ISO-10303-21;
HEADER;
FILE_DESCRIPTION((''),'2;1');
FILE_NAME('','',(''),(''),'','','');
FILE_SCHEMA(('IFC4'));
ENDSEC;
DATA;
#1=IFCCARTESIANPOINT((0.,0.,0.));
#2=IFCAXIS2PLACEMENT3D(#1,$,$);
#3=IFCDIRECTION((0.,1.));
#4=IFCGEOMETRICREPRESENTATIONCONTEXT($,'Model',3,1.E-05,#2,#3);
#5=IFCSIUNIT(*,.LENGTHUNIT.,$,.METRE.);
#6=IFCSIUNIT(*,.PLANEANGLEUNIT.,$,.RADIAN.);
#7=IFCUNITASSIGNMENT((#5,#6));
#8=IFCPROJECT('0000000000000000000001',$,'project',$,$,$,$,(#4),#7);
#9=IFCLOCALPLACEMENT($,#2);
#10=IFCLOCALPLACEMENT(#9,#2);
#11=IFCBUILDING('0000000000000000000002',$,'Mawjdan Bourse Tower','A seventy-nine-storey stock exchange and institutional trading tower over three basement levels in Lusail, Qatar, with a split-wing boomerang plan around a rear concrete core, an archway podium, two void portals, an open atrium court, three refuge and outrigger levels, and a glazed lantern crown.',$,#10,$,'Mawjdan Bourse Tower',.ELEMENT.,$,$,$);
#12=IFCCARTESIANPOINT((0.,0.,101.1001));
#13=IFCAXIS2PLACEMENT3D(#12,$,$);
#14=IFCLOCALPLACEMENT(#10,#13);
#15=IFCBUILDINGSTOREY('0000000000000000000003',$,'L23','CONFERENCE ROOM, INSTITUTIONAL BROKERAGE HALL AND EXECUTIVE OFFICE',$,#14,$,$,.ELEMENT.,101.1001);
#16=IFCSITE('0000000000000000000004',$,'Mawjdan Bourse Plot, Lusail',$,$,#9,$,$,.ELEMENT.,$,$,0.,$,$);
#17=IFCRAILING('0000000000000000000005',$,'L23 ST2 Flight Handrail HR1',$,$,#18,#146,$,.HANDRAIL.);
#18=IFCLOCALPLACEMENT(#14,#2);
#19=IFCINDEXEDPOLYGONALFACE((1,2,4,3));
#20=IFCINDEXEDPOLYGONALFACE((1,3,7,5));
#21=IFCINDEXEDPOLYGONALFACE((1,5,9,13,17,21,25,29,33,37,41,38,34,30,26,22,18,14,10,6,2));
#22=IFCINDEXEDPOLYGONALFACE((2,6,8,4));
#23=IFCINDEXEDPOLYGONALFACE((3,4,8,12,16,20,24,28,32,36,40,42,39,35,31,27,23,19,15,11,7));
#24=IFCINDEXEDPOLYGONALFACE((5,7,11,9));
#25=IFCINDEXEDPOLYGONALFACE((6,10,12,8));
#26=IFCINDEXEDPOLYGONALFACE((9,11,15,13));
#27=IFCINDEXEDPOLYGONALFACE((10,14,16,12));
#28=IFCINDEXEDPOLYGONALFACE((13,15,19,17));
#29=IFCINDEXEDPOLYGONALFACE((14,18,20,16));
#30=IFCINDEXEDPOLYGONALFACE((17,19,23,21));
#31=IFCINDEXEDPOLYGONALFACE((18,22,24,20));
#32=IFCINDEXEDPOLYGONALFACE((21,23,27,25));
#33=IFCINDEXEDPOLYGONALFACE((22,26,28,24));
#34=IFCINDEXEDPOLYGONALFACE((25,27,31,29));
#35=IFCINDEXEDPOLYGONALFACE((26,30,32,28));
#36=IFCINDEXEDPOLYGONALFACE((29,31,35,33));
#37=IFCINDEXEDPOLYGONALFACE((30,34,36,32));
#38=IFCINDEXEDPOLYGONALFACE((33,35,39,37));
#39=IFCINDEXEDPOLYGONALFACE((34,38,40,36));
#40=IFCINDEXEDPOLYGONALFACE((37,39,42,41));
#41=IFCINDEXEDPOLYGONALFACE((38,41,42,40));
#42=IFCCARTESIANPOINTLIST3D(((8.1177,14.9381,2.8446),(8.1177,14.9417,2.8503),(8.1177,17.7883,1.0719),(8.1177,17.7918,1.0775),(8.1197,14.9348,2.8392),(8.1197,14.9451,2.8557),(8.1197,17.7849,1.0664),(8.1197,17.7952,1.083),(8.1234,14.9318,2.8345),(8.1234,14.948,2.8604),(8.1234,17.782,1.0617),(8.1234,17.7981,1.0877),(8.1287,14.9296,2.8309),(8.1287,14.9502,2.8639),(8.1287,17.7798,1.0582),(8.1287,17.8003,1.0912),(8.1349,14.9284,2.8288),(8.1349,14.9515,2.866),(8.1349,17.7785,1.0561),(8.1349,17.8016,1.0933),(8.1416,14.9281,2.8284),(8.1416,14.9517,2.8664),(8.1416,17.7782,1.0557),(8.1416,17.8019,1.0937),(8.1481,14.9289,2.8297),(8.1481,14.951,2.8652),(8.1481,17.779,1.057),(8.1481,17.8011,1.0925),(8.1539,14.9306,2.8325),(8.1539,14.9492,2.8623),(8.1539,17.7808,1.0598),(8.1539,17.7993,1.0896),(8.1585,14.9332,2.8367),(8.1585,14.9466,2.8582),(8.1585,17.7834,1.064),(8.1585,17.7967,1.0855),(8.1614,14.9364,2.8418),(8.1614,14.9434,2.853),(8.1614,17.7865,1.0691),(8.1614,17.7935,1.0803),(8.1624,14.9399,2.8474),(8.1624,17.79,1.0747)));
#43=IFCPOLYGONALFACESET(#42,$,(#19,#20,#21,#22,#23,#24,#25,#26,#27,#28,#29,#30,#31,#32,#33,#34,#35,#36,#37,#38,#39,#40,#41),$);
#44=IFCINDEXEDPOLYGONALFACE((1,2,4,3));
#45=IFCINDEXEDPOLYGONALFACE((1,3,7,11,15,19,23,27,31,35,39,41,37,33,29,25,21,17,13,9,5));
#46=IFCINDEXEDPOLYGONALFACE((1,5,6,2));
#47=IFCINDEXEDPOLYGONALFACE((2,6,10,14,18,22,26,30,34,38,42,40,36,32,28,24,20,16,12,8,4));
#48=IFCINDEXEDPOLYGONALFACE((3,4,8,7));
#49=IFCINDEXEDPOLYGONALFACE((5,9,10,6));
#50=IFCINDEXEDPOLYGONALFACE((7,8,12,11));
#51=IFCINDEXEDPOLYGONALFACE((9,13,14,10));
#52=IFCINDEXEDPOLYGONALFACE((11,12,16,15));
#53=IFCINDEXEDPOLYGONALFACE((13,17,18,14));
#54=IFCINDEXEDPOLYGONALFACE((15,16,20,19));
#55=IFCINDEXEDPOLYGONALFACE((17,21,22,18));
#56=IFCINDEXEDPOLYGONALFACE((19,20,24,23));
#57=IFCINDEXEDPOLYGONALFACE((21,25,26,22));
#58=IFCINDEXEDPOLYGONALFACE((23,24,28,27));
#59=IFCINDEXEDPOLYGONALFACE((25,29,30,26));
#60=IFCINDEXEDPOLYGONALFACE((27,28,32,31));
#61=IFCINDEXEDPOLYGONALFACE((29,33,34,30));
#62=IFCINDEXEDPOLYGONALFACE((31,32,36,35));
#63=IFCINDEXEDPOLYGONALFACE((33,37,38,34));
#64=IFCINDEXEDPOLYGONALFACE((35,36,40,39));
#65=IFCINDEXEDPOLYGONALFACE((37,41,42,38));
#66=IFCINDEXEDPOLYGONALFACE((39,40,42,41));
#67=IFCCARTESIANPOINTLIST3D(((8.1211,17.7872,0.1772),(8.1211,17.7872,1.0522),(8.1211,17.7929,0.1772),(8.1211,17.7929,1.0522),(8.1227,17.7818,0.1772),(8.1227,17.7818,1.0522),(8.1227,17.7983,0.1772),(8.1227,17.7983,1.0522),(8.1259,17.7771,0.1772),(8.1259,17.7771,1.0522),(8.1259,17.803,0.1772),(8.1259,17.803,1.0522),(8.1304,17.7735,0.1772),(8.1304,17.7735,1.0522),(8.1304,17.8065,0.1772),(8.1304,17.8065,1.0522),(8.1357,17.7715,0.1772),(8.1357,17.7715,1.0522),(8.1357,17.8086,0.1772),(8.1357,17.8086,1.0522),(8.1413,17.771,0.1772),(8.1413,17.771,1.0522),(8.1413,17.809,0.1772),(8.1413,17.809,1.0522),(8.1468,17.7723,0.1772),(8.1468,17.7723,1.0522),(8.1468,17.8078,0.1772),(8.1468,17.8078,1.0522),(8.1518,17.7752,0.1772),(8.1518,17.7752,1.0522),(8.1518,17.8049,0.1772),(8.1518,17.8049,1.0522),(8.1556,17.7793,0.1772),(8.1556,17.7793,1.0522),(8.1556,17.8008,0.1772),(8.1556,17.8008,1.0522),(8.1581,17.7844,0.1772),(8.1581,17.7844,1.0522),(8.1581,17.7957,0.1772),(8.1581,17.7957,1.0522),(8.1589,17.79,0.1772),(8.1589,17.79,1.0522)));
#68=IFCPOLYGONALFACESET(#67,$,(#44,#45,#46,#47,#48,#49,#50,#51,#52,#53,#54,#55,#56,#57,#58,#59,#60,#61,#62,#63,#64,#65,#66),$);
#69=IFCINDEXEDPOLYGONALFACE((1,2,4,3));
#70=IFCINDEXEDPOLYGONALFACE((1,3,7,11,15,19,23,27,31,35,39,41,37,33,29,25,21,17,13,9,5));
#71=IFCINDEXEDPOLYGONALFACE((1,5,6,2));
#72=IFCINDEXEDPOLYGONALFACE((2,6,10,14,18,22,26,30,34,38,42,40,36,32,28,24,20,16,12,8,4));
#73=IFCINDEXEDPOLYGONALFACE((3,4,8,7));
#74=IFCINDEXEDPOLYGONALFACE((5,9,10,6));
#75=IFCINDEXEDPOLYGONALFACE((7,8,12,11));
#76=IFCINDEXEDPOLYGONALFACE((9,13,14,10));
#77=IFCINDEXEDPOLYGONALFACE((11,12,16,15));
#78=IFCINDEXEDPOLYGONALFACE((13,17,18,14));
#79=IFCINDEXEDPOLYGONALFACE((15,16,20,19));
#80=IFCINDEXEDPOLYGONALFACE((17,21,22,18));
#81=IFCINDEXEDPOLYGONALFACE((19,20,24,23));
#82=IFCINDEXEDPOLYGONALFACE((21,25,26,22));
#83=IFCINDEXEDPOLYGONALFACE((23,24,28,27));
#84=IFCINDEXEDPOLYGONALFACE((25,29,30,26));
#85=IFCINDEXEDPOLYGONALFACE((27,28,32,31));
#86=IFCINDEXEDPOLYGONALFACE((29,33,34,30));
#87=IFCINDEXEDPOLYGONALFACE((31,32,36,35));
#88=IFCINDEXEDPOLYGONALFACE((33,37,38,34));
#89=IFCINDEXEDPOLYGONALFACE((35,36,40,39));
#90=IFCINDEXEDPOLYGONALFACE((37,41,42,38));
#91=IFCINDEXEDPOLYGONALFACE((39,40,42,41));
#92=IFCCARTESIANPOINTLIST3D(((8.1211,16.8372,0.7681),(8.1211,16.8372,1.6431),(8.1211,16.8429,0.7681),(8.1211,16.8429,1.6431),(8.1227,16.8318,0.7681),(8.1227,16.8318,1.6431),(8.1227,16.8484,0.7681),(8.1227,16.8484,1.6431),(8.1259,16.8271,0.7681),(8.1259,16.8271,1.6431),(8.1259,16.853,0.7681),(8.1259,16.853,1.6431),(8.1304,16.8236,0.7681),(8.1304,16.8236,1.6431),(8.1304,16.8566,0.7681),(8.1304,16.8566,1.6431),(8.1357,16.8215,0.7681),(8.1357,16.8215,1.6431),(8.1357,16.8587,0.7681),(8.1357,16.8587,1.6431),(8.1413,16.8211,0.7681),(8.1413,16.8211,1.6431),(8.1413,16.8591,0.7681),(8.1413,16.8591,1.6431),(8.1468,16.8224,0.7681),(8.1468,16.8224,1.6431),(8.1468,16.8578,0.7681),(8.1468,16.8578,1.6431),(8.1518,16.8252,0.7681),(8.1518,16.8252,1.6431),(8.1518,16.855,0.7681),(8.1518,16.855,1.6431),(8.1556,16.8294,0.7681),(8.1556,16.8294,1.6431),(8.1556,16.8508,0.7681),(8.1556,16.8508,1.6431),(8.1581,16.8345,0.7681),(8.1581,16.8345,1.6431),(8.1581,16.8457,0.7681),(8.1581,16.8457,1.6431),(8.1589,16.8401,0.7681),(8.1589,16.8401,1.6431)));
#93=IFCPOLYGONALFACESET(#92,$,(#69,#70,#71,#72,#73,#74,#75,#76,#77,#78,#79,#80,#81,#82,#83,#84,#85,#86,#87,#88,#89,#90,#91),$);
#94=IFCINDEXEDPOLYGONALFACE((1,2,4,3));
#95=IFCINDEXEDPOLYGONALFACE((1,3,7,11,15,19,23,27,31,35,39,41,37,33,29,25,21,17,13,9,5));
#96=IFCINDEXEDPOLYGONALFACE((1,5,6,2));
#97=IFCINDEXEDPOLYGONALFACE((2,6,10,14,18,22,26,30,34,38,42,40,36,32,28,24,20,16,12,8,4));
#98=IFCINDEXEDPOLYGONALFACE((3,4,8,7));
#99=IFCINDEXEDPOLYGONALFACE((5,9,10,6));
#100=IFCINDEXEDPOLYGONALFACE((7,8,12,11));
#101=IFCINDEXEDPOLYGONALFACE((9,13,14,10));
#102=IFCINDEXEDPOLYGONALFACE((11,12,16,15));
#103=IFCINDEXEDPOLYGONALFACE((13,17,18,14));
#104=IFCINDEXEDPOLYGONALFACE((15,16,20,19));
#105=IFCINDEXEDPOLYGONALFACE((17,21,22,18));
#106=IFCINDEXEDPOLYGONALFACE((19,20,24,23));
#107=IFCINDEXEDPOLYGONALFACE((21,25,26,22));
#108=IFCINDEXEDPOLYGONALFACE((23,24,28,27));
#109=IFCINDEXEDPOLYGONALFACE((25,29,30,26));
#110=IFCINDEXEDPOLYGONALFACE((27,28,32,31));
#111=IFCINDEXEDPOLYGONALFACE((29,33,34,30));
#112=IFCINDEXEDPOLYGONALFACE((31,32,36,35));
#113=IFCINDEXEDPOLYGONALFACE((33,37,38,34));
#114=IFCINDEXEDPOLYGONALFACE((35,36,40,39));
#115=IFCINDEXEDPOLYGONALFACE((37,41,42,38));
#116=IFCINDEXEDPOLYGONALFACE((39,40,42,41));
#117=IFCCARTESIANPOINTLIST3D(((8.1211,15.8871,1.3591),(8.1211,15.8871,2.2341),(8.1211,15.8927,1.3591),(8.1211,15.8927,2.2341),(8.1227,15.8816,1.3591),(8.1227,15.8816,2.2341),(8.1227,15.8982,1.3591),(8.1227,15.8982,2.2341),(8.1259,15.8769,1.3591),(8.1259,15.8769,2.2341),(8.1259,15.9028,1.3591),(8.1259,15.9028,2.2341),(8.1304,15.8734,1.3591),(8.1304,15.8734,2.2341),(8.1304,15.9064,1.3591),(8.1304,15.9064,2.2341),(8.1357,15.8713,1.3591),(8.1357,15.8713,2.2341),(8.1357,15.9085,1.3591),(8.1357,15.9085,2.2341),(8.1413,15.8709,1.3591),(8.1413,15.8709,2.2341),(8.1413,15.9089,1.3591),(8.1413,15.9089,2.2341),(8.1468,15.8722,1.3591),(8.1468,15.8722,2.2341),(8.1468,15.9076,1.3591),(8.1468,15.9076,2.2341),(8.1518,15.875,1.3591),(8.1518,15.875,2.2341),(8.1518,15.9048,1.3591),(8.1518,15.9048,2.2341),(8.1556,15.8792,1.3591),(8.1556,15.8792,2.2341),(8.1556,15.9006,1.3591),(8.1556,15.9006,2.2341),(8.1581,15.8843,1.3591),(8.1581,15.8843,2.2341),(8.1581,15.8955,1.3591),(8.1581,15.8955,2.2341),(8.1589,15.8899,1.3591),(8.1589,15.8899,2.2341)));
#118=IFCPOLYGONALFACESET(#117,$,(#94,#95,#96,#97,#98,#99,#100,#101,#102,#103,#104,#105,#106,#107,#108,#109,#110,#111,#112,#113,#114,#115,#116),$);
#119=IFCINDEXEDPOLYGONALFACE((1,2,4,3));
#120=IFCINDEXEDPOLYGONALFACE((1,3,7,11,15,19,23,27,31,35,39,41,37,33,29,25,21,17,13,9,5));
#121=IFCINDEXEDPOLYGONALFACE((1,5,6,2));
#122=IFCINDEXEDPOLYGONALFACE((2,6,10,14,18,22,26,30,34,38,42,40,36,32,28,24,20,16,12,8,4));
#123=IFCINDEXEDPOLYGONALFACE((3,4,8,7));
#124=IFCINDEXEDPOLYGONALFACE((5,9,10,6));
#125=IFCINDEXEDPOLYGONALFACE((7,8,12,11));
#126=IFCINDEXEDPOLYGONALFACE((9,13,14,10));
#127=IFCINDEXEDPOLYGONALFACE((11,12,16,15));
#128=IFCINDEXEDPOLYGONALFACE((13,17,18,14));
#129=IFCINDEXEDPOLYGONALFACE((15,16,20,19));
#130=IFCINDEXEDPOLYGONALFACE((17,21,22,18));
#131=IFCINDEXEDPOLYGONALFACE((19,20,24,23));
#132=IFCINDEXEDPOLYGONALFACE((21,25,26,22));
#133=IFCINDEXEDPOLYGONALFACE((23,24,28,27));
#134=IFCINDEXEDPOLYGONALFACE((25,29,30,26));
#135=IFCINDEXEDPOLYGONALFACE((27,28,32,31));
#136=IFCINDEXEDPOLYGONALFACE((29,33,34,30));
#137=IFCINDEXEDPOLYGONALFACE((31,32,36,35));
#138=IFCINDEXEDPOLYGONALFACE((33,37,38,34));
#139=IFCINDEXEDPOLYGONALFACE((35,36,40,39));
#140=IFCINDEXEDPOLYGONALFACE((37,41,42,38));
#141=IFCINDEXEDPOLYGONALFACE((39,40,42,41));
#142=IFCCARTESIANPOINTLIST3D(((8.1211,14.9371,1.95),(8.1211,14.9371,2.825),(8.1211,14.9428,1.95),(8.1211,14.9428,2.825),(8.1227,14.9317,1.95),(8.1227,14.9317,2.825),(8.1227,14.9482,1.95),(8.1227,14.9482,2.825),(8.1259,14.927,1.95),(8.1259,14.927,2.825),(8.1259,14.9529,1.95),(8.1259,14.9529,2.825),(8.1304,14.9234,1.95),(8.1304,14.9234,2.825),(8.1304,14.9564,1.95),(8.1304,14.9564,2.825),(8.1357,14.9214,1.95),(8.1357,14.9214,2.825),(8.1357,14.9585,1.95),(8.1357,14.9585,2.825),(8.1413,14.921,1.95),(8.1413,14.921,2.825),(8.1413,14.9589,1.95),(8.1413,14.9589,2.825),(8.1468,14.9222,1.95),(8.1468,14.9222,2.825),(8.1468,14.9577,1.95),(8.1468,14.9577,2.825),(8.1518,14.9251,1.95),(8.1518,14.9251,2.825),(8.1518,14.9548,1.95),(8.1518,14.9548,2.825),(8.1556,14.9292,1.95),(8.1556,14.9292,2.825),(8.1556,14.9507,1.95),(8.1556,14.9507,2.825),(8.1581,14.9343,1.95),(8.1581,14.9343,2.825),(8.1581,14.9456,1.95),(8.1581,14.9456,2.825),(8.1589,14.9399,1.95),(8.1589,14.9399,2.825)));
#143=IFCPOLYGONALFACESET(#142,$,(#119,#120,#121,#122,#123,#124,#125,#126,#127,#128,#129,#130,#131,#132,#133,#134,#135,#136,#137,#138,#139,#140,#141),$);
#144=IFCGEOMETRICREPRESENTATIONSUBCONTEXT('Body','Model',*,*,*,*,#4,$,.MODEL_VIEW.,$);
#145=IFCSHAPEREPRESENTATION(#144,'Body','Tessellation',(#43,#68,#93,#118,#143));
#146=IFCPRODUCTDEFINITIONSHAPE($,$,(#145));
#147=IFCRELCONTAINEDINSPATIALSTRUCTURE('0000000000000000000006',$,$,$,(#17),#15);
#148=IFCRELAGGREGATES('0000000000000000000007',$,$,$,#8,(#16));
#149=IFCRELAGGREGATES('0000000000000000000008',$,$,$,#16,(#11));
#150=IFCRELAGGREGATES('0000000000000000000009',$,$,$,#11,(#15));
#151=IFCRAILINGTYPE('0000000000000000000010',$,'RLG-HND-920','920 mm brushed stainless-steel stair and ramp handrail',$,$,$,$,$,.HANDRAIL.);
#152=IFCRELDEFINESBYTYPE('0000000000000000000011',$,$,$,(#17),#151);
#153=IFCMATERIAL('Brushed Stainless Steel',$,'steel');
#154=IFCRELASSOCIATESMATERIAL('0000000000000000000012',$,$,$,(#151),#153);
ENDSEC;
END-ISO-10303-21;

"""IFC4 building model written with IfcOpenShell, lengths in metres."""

from ifc_helpers import new_model, si_unit, direction, frame, origin, origin_2d, place, context, subcontext, project, spatial, circle, extrude, material, type_object, element, save


model = new_model("IFC4")

# Units and contexts
model_context = context("Model", 3, precision=1e-05, world=origin(), true_north=direction((0.0, 1.0)))
body_context = subcontext(model_context, "Body", "Model", "MODEL_VIEW")
ifc_project = project(units=[si_unit("LENGTHUNIT", "METRE"), si_unit("PLANEANGLEUNIT", "RADIAN")], contexts=[model_context])

# Site, building, storey
site_placement = place(None, origin())
site = spatial("IfcSite", under=ifc_project, at=site_placement, Name="Mawjdan Bourse Plot, Lusail", CompositionType="ELEMENT", RefElevation=0.0)
building_placement = place(site_placement, origin())
building = spatial("IfcBuilding", under=site, at=building_placement, Name="Mawjdan Bourse Tower", Description="A seventy-nine-storey stock exchange and institutional trading tower over three basement levels in Lusail, Qatar, with a split-wing boomerang plan around a rear concrete core, an archway podium, two void portals, an open atrium court, three refuge and outrigger levels, and a glazed lantern crown.", LongName="Mawjdan Bourse Tower", CompositionType="ELEMENT")
storey_placement = place(building_placement, frame((0.0, 0.0, 101.1001)))
storey = spatial("IfcBuildingStorey", under=building, at=storey_placement, Name="L23", Description="CONFERENCE ROOM, INSTITUTIONAL BROKERAGE HALL AND EXECUTIVE OFFICE", CompositionType="ELEMENT", Elevation=101.1001)

# Railing
ifc_material_1 = material(Name="Brushed Stainless Steel", Category="steel")
railing_type_1 = type_object("IfcRailingType", Name="RLG-HND-920", Description="920 mm brushed stainless-steel stair and ramp handrail", PredefinedType="HANDRAIL", material=ifc_material_1)
railing_1_placement = place(storey_placement, frame((8.1399, 17.79, 0.1772)))
element("IfcRailing", 1, at=railing_1_placement, inside=storey, type_object=railing_type_1, Name="L23 ST2 Flight Handrail HR1", PredefinedType="HANDRAIL", context=body_context, shape_type="SweptSolid", body=[
    extrude(circle(Radius=0.0225, at=origin_2d()), frame((0.0, 0.0, 0.8975), z_axis=(0.0, -0.849149, 0.528154), x_axis=(1.0, 0.0, 0.0)), (0.0, 0.0, 1.0), 3.3564),
    extrude(circle(Radius=0.019, at=origin_2d()), origin(), (0.0, 0.0, 1.0), 0.875),
    extrude(circle(Radius=0.019, at=origin_2d()), frame((0.0, -0.95, 0.5908)), (0.0, 0.0, 1.0), 0.875),
    extrude(circle(Radius=0.019, at=origin_2d()), frame((0.0, -1.9001, 1.1819)), (0.0, 0.0, 1.0), 0.875),
    extrude(circle(Radius=0.019, at=origin_2d()), frame((0.0, -2.8501, 1.7727)), (0.0, 0.0, 1.0), 0.875),
])

save(model, "model.ifc")
